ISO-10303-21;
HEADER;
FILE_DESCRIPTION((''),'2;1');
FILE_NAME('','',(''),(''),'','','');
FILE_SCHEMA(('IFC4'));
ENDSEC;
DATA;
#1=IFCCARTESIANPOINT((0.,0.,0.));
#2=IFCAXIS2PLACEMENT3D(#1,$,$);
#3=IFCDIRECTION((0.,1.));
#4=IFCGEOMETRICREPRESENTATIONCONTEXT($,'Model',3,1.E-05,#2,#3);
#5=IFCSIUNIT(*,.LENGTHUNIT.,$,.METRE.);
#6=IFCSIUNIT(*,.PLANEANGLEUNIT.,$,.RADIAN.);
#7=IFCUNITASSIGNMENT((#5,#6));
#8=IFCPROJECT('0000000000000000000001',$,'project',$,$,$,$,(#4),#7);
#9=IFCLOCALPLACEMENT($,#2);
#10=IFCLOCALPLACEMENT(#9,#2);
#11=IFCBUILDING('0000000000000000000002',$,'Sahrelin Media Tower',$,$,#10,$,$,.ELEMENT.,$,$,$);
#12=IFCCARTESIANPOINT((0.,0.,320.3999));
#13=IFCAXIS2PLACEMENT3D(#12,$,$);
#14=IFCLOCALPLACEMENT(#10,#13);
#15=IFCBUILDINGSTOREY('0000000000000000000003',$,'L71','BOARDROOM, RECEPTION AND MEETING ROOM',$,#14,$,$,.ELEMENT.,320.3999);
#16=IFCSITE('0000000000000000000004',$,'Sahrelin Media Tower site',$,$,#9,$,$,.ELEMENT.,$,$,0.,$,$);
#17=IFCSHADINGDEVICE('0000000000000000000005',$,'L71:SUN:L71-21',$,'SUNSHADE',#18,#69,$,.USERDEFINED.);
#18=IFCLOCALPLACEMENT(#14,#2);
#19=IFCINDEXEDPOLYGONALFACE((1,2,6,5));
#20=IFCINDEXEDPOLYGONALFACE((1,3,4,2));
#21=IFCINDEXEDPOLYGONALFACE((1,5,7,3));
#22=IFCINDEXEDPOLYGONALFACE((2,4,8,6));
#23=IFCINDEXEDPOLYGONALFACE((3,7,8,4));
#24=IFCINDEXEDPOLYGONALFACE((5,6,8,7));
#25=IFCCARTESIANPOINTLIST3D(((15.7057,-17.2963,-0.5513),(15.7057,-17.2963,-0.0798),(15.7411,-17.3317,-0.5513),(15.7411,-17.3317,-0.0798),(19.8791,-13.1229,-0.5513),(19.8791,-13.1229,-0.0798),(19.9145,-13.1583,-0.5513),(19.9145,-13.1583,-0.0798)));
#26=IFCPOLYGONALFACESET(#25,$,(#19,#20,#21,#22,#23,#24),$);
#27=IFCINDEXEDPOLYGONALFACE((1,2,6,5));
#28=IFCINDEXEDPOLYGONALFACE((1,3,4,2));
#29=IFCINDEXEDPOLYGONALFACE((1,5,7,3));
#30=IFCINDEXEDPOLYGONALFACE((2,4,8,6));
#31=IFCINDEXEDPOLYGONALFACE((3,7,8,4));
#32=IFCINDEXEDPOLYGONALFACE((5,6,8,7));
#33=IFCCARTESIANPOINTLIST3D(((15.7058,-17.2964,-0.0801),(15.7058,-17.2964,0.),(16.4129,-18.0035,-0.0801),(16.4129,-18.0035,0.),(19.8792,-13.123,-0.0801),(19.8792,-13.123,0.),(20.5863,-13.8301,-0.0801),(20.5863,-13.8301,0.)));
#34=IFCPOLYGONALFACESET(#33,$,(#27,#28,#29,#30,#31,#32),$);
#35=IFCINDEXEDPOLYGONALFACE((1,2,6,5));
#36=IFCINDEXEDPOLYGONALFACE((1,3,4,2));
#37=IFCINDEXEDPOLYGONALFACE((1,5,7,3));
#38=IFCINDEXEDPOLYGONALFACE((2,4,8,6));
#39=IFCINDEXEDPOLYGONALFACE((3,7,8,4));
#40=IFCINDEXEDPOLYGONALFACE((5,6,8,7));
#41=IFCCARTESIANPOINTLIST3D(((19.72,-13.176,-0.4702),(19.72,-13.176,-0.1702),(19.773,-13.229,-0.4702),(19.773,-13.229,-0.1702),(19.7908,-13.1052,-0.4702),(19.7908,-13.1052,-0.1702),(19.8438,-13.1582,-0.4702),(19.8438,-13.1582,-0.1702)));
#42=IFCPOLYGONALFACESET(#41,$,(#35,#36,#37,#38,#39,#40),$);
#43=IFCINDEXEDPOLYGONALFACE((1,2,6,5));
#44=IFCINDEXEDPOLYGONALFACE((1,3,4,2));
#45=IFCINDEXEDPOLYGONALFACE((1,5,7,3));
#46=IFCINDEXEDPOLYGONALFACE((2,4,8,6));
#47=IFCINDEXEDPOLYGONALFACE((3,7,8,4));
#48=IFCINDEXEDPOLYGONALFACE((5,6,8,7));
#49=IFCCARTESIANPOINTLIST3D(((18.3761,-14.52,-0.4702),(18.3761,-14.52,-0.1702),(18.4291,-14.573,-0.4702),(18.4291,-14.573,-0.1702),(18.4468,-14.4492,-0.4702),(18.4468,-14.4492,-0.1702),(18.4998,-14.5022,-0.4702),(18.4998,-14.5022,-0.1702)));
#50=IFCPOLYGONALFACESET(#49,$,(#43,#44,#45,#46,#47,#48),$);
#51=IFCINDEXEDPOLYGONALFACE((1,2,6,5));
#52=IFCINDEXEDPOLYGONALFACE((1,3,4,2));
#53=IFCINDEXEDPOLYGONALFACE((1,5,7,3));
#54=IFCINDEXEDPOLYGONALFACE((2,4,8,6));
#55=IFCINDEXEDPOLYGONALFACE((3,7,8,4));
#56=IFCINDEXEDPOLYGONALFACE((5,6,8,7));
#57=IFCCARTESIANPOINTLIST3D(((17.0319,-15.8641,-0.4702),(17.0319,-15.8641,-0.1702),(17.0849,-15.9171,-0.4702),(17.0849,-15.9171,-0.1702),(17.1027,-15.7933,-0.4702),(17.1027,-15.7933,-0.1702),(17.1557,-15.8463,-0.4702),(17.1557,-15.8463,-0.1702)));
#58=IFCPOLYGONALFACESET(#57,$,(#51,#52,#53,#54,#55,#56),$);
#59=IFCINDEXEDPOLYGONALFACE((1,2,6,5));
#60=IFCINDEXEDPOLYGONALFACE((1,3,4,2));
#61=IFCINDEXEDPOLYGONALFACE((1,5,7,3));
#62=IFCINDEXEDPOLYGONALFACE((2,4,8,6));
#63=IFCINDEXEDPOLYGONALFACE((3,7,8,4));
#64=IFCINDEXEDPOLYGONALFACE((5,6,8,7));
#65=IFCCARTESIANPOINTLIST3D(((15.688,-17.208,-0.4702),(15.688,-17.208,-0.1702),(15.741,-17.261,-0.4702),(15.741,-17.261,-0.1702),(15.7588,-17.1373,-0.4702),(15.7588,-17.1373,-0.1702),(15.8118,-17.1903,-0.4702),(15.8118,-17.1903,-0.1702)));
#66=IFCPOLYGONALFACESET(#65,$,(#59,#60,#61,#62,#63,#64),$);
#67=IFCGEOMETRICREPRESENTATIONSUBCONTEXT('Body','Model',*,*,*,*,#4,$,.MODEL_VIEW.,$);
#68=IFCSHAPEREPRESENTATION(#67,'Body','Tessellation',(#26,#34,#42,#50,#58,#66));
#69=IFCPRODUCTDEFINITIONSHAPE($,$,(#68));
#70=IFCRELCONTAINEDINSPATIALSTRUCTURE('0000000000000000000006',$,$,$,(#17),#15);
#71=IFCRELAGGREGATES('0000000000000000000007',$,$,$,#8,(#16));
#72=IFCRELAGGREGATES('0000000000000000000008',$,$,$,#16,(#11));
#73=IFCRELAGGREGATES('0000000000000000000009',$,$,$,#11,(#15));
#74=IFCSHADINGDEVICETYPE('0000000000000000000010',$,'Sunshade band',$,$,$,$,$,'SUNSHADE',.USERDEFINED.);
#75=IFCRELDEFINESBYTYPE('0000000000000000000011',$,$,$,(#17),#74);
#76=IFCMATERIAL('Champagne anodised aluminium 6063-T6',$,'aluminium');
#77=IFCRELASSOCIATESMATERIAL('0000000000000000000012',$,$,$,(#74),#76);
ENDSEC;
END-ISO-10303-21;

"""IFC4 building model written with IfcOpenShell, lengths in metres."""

from ifc_helpers import new_model, si_unit, direction, frame, origin, origin_2d, place, context, subcontext, project, spatial, rectangle, extrude, material, type_object, element, save


model = new_model("IFC4")

# Units and contexts
model_context = context("Model", 3, precision=1e-05, world=origin(), true_north=direction((0.0, 1.0)))
body_context = subcontext(model_context, "Body", "Model", "MODEL_VIEW")
ifc_project = project(units=[si_unit("LENGTHUNIT", "METRE"), si_unit("PLANEANGLEUNIT", "RADIAN")], contexts=[model_context])

# Site, building, storey
site_placement = place(None, origin())
site = spatial("IfcSite", under=ifc_project, at=site_placement, Name="Sahrelin Media Tower site", CompositionType="ELEMENT", RefElevation=0.0)
building_placement = place(site_placement, origin())
building = spatial("IfcBuilding", under=site, at=building_placement, Name="Sahrelin Media Tower", CompositionType="ELEMENT")
storey_placement = place(building_placement, frame((0.0, 0.0, 320.3999)))
storey = spatial("IfcBuildingStorey", under=building, at=storey_placement, Name="L71", Description="BOARDROOM, RECEPTION AND MEETING ROOM", CompositionType="ELEMENT", Elevation=320.3999)

# Shared definitions
ifc_material_1 = material(Name="Champagne anodised aluminium 6063-T6", Category="aluminium")

# Shading device
placement_1 = place(storey_placement, frame((17.7783, -15.1956, 0.0), z_axis=(0.0, 0.0, 1.0), x_axis=(-0.707107, -0.707107, 0.0)))
shading_device_type_1 = type_object("IfcShadingDeviceType", Name="Sunshade band", ElementType="SUNSHADE", PredefinedType="USERDEFINED", material=ifc_material_1)
element("IfcShadingDevice", 1, at=placement_1, inside=storey, type_object=shading_device_type_1, Name="L71:SUN:L71-21", ObjectType="SUNSHADE", PredefinedType="USERDEFINED", context=body_context, shape_type="SweptSolid", body=[
    extrude(rectangle(XDim=5.9021, YDim=0.05, at=origin_2d()), frame((0.0, 0.0449, -0.5513)), (0.0, 0.0, 1.0), 0.4714),
    extrude(rectangle(XDim=5.9021, YDim=1.0, at=origin_2d()), frame((0.0, 0.52, -0.0801)), (0.0, 0.0, 1.0), 0.0801),
    extrude(rectangle(XDim=0.1001, YDim=0.075, at=origin_2d()), frame((-2.8511, -0.0176, -0.4702)), (0.0, 0.0, 1.0), 0.3),
    extrude(rectangle(XDim=0.1001, YDim=0.075, at=origin_2d()), frame((-0.9504, -0.0176, -0.4702)), (0.0, 0.0, 1.0), 0.3),
    extrude(rectangle(XDim=0.1001, YDim=0.075, at=origin_2d()), frame((0.9504, -0.0176, -0.4702)), (0.0, 0.0, 1.0), 0.3),
    extrude(rectangle(XDim=0.1001, YDim=0.075, at=origin_2d()), frame((2.8511, -0.0176, -0.4702)), (0.0, 0.0, 1.0), 0.3),
])

save(model, "model.ifc")
